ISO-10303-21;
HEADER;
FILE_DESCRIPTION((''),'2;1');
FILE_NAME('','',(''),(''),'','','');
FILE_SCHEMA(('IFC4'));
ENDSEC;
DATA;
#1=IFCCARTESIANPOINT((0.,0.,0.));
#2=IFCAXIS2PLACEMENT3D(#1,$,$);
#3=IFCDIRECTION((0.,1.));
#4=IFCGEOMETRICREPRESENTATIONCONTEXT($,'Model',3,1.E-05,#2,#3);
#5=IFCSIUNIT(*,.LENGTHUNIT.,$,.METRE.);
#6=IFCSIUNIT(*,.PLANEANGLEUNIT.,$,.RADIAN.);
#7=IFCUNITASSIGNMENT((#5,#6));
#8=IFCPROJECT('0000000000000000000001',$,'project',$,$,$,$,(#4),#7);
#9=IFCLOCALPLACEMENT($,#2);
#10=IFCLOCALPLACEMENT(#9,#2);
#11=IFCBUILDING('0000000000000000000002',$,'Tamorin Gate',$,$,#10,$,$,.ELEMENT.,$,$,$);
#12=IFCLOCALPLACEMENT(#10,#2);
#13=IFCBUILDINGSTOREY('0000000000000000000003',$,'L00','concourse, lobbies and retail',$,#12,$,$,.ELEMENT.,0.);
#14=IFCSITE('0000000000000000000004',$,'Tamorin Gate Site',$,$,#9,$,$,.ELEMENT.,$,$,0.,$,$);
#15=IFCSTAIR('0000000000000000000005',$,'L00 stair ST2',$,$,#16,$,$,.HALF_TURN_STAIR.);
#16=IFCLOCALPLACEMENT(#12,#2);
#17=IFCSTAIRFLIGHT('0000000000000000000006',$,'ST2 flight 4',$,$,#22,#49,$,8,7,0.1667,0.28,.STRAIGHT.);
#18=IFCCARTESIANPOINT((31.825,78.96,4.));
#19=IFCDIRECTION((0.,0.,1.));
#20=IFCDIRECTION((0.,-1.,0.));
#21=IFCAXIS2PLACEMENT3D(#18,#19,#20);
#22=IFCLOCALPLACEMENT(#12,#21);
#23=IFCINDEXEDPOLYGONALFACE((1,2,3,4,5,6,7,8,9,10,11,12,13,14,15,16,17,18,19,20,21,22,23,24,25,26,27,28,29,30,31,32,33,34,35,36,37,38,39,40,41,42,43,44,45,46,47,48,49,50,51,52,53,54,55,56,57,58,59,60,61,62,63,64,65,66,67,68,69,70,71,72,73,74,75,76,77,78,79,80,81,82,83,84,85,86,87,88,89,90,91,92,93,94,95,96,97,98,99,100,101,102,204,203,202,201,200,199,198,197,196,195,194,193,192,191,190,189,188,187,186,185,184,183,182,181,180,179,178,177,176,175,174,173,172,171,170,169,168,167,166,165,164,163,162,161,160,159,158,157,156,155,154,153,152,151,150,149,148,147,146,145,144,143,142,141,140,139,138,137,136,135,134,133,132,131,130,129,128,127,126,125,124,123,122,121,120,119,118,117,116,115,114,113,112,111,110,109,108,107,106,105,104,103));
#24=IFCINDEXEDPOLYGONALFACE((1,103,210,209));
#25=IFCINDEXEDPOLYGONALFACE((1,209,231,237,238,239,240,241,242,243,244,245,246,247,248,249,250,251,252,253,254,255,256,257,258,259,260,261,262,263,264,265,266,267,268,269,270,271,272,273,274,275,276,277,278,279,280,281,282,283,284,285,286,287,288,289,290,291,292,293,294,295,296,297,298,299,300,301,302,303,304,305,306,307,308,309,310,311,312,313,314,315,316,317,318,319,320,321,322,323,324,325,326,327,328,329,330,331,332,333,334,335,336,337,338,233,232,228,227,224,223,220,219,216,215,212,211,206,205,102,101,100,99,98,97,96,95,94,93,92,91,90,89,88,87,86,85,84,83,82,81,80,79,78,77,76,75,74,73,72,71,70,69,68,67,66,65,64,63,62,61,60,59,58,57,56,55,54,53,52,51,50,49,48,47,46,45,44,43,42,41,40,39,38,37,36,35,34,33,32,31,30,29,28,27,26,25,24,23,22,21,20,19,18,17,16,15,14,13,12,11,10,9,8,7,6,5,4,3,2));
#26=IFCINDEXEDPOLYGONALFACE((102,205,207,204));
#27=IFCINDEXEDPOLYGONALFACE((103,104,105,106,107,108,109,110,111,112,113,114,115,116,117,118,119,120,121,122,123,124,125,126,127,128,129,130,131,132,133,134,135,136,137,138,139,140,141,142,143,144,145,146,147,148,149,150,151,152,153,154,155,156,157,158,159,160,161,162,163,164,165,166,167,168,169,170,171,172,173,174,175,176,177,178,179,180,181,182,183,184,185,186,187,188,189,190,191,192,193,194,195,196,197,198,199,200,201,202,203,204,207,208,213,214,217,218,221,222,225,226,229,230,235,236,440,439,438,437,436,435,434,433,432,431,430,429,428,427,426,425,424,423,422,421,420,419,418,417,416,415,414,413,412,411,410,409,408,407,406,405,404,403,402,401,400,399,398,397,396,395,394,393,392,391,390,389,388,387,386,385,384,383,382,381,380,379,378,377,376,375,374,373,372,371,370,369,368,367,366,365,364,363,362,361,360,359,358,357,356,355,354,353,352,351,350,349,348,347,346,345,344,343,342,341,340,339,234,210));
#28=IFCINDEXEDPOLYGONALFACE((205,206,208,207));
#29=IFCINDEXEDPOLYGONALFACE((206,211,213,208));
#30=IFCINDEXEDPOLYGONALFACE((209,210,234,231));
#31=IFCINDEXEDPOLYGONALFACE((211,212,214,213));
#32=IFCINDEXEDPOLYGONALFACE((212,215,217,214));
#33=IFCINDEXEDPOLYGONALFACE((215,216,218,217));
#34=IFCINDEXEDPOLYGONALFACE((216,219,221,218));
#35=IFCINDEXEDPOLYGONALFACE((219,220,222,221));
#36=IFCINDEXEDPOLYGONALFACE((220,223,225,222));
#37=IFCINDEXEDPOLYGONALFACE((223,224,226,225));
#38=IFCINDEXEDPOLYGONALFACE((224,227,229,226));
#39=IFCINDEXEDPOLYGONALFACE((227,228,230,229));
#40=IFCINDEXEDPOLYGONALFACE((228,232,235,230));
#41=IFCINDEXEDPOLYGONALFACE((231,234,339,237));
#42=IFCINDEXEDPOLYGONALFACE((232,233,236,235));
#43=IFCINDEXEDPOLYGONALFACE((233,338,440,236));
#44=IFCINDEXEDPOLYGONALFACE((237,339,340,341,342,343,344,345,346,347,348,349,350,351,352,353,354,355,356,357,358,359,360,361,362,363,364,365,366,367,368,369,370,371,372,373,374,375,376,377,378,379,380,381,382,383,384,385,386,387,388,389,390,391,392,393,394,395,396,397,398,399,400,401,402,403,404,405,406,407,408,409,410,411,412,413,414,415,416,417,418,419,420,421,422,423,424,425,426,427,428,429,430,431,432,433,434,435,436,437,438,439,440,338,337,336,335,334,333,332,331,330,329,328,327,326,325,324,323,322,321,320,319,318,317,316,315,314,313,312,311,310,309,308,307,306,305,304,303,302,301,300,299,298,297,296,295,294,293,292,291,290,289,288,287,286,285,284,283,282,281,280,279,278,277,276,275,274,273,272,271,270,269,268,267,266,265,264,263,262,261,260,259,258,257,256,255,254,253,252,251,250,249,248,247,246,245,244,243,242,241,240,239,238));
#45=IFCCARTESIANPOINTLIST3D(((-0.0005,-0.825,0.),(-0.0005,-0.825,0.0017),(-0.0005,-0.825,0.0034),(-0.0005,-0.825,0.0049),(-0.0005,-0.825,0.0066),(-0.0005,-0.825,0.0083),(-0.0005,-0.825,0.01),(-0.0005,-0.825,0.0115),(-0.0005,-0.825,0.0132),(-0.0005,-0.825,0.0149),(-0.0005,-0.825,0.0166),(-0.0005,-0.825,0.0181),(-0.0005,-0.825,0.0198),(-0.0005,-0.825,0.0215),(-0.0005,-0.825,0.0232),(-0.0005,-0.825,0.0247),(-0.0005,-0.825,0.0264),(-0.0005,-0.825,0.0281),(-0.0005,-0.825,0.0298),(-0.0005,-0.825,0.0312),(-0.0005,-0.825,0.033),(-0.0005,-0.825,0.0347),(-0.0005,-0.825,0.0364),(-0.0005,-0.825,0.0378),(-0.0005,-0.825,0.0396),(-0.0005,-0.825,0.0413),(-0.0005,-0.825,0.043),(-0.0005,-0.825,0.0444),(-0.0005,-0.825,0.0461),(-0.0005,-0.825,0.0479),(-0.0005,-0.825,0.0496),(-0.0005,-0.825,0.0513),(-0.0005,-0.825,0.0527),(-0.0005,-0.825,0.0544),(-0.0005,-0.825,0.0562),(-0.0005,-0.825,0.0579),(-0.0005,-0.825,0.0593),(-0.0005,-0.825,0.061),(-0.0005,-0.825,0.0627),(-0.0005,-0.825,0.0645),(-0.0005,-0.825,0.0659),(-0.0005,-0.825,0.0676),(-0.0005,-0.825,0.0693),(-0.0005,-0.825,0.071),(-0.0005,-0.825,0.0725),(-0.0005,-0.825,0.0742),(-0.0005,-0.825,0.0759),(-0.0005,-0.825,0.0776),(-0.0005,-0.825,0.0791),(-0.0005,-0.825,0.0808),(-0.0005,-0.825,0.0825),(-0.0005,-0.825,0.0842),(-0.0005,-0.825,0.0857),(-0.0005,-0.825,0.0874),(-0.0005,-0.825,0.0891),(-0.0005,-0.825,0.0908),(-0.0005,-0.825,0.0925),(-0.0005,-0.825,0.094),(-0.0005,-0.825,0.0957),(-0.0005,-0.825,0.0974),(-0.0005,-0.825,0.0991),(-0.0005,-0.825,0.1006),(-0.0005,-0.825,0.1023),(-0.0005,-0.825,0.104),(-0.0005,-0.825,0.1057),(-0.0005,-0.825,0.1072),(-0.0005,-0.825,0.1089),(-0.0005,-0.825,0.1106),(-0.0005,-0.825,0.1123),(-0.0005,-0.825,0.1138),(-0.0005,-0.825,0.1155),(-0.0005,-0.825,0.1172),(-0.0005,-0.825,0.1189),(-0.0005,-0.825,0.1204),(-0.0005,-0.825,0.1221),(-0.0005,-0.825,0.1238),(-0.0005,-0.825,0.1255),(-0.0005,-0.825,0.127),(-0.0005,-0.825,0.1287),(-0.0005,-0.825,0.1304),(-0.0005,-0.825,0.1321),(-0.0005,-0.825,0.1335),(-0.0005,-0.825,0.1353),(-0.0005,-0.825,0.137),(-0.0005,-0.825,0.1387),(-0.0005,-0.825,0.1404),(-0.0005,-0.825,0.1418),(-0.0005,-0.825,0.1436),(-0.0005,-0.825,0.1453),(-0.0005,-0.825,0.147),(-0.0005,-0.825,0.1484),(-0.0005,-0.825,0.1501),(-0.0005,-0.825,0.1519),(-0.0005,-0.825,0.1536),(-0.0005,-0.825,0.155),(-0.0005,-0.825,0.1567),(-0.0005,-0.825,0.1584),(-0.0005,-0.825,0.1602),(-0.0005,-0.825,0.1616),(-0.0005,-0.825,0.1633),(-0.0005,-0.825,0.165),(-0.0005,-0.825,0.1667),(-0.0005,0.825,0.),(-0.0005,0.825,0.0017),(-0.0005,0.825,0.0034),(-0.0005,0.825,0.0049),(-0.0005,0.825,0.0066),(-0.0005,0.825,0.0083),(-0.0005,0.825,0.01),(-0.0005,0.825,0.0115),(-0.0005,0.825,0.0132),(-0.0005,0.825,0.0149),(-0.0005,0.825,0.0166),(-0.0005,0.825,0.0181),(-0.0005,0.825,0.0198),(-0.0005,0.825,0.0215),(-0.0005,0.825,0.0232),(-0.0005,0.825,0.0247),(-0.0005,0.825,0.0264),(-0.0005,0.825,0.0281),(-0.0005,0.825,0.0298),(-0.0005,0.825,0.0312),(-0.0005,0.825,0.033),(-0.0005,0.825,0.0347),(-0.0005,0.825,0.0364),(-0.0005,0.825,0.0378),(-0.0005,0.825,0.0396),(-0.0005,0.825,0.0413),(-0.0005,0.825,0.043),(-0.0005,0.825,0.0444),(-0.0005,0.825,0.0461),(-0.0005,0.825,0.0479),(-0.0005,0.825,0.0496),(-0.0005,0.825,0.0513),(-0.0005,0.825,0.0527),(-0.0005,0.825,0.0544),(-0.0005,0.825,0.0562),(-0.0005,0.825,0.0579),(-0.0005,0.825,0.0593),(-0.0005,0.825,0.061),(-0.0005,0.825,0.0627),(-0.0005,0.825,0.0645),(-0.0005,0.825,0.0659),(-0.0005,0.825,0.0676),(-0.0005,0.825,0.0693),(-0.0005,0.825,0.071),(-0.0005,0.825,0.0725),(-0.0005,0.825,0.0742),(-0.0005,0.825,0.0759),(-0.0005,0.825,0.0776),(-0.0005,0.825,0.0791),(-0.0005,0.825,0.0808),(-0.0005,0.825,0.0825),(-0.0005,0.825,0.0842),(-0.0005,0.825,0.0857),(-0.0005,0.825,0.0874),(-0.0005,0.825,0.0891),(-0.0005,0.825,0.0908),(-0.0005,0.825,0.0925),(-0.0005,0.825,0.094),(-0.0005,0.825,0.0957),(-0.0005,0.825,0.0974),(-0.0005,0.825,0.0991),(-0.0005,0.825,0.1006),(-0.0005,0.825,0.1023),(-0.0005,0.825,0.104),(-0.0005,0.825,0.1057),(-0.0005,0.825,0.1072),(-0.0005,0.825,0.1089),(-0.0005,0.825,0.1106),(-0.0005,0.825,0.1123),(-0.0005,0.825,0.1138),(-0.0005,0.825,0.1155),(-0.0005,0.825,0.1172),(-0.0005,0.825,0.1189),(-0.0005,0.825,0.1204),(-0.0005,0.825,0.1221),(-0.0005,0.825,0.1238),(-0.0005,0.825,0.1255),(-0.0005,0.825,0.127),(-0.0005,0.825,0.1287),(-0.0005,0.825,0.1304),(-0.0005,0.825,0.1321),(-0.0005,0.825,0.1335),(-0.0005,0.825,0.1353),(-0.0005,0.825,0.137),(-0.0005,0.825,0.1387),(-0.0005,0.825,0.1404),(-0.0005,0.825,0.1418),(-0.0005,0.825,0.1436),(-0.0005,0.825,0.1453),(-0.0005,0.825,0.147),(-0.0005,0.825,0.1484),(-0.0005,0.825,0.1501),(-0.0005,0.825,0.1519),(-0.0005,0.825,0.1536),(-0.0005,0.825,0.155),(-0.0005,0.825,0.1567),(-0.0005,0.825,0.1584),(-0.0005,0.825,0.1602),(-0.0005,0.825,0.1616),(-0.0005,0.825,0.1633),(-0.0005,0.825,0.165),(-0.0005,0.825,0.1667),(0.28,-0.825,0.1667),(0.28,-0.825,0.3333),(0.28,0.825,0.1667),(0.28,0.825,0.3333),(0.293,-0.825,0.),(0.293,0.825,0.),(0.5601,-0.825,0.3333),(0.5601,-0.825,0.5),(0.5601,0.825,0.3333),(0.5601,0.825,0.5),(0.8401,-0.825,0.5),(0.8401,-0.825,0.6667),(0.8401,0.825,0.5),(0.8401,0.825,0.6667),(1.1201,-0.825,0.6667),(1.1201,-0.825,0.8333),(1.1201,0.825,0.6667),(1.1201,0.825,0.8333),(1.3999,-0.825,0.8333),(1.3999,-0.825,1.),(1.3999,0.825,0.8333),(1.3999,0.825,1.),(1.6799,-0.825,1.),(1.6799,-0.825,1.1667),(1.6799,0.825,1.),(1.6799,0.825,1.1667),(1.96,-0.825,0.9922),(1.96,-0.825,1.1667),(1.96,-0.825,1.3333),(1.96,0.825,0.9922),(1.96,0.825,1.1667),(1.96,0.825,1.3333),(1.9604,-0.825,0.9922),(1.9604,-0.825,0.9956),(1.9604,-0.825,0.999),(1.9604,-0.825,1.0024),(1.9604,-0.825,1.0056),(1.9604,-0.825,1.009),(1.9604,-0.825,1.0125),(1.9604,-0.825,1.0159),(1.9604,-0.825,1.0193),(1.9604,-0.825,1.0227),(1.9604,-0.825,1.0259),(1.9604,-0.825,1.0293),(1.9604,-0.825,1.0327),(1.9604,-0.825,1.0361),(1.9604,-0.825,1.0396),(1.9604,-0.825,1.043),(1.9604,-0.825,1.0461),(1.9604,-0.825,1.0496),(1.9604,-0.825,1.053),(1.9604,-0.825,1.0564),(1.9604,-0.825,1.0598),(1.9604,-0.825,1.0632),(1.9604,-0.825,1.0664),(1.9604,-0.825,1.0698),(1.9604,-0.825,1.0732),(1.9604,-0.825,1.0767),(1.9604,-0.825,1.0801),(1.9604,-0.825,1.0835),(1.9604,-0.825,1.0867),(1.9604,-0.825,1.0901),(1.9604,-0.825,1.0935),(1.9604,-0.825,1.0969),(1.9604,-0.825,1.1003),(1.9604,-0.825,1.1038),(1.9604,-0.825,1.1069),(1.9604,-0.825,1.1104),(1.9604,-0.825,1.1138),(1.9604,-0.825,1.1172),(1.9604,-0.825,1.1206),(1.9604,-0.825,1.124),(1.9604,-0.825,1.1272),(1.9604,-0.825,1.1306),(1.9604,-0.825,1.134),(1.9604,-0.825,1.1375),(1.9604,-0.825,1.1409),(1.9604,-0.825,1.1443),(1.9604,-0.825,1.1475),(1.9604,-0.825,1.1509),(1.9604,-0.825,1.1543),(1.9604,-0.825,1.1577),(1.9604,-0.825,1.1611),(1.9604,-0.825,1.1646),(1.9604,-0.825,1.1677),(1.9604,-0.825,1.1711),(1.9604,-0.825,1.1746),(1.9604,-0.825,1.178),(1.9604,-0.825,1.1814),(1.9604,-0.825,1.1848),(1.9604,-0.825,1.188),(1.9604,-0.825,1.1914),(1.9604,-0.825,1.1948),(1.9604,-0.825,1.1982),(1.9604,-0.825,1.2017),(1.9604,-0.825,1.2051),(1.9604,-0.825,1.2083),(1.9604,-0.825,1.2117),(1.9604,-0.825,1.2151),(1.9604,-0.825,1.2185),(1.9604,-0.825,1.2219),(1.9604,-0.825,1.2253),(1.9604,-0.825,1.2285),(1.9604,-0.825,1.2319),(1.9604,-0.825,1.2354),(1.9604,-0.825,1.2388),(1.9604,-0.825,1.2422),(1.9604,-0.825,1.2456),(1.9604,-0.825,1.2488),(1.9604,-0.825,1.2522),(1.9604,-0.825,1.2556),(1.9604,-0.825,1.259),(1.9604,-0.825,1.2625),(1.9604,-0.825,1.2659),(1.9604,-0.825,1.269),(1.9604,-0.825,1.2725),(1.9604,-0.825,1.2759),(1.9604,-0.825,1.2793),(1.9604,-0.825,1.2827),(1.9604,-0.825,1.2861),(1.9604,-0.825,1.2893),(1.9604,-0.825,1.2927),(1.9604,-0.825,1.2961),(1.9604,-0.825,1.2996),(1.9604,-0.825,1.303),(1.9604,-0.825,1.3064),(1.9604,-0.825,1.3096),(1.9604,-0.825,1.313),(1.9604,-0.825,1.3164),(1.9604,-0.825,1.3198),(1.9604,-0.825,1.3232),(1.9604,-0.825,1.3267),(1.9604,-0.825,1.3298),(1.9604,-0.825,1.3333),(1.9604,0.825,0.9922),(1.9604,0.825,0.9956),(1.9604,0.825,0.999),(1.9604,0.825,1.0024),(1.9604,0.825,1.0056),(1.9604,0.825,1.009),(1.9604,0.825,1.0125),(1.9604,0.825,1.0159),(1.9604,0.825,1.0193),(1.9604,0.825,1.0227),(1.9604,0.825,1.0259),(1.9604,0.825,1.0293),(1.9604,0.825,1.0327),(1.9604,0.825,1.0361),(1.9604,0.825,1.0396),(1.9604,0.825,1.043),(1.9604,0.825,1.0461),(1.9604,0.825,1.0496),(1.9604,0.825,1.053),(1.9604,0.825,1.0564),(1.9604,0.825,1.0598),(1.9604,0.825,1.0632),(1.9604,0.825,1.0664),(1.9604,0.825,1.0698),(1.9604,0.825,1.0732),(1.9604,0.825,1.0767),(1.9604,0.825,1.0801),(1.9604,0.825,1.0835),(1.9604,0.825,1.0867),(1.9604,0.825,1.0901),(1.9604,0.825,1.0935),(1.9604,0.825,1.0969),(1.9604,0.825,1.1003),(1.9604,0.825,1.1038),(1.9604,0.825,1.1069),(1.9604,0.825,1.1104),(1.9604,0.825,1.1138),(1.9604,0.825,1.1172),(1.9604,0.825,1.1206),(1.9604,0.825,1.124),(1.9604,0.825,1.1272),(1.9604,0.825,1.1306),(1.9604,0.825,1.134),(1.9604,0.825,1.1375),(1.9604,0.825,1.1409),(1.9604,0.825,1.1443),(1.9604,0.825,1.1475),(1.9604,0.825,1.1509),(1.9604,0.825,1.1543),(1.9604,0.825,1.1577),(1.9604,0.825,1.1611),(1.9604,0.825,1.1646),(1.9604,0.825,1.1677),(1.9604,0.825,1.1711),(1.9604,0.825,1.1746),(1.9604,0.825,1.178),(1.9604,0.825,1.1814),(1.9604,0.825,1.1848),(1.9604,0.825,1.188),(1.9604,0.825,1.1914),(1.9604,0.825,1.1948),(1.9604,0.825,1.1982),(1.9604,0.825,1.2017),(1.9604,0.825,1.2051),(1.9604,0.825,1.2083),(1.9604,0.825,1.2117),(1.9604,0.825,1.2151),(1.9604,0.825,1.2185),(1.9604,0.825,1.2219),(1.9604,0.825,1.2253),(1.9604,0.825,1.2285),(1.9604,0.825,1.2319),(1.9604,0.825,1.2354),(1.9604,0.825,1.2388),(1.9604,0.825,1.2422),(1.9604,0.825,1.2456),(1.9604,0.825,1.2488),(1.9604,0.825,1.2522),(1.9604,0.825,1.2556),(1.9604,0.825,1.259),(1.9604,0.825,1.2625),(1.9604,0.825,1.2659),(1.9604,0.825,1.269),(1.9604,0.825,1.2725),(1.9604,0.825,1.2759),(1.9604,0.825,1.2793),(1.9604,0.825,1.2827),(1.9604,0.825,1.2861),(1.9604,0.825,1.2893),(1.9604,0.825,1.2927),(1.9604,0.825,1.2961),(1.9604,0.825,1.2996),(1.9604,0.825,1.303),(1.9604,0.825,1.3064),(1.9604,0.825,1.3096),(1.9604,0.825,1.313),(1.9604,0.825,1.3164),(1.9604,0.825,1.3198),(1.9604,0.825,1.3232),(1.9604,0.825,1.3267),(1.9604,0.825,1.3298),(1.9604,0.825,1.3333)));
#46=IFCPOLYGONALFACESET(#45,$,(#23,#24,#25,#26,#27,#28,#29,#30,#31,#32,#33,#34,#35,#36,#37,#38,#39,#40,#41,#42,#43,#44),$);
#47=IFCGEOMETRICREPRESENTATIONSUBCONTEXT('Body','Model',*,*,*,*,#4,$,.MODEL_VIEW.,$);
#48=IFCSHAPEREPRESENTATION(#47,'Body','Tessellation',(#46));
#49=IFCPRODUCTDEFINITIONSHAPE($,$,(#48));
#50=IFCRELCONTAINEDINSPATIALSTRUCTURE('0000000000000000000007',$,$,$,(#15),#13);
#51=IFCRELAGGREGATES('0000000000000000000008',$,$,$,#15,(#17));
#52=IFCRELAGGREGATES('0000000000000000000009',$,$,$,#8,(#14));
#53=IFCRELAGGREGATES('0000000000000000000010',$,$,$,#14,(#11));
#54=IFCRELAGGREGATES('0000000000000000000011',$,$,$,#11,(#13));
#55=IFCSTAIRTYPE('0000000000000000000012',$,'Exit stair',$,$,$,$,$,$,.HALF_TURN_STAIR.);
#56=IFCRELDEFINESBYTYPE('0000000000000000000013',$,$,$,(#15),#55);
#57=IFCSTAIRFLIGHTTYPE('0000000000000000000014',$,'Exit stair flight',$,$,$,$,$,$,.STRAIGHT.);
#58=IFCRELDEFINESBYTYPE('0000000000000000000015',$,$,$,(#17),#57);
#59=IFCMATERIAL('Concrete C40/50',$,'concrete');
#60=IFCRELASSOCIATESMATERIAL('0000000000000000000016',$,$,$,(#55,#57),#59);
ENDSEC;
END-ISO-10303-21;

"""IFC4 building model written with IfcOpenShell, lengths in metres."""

from ifc_helpers import new_model, si_unit, direction, frame, origin, place, context, subcontext, project, spatial, polyline, outline, extrude, material, type_object, element, aggregate, save


model = new_model("IFC4")

# Units and contexts
model_context = context("Model", 3, precision=1e-05, world=origin(), true_north=direction((0.0, 1.0)))
body_context = subcontext(model_context, "Body", "Model", "MODEL_VIEW")
ifc_project = project(units=[si_unit("LENGTHUNIT", "METRE"), si_unit("PLANEANGLEUNIT", "RADIAN")], contexts=[model_context])

# Site, building, storey
site_placement = place(None, origin())
site = spatial("IfcSite", under=ifc_project, at=site_placement, Name="Tamorin Gate Site", CompositionType="ELEMENT", RefElevation=0.0)
building_placement = place(site_placement, origin())
building = spatial("IfcBuilding", under=site, at=building_placement, Name="Tamorin Gate", CompositionType="ELEMENT")
storey_placement = place(building_placement, origin())
storey = spatial("IfcBuildingStorey", under=building, at=storey_placement, Name="L00", Description="concourse, lobbies and retail", CompositionType="ELEMENT", Elevation=0.0)

# Shared definitions
ifc_material_1 = material(Name="Concrete C40/50", Category="concrete")

# Stair, stair flight
stair_type = type_object("IfcStairType", Name="Exit stair", PredefinedType="HALF_TURN_STAIR", material=ifc_material_1)
stair_placement = place(storey_placement, origin())
stair = element("IfcStair", 1, at=stair_placement, inside=storey, type_object=stair_type, Name="L00 stair ST2", PredefinedType="HALF_TURN_STAIR")
stair_flight_type = type_object("IfcStairFlightType", Name="Exit stair flight", PredefinedType="STRAIGHT", material=ifc_material_1)
stair_flight_1_placement = place(storey_placement, frame((31.825, 78.96, 4.0), z_axis=(0.0, 0.0, 1.0), x_axis=(0.0, -1.0, 0.0)))
stair_flight_1 = element("IfcStairFlight", 2, at=stair_flight_1_placement, type_object=stair_flight_type, Name="ST2 flight 4", NumberOfRisers=8, NumberOfTreads=7, PredefinedType="STRAIGHT", RiserHeight=0.1667, TreadLength=0.28, context=body_context, shape_type="SweptSolid", body=[
    extrude(outline(polyline([(-0.0005, 0.0), (-0.0005, 0.0017), (-0.0005, 0.0034), (-0.0005, 0.0049), (-0.0005, 0.0066), (-0.0005, 0.0083), (-0.0005, 0.01), (-0.0005, 0.0115), (-0.0005, 0.0132), (-0.0005, 0.0149), (-0.0005, 0.0166), (-0.0005, 0.0181), (-0.0005, 0.0198), (-0.0005, 0.0215), (-0.0005, 0.0232), (-0.0005, 0.0247), (-0.0005, 0.0264), (-0.0005, 0.0281), (-0.0005, 0.0298), (-0.0005, 0.0312), (-0.0005, 0.033), (-0.0005, 0.0347), (-0.0005, 0.0364), (-0.0005, 0.0378), (-0.0005, 0.0396), (-0.0005, 0.0413), (-0.0005, 0.043), (-0.0005, 0.0444), (-0.0005, 0.0461), (-0.0005, 0.0479), (-0.0005, 0.0496), (-0.0005, 0.0513), (-0.0005, 0.0527), (-0.0005, 0.0544), (-0.0005, 0.0562), (-0.0005, 0.0579), (-0.0005, 0.0593), (-0.0005, 0.061), (-0.0005, 0.0627), (-0.0005, 0.0645), (-0.0005, 0.0659), (-0.0005, 0.0676), (-0.0005, 0.0693), (-0.0005, 0.071), (-0.0005, 0.0725), (-0.0005, 0.0742), (-0.0005, 0.0759), (-0.0005, 0.0776), (-0.0005, 0.0791), (-0.0005, 0.0808), (-0.0005, 0.0825), (-0.0005, 0.0842), (-0.0005, 0.0857), (-0.0005, 0.0874), (-0.0005, 0.0891), (-0.0005, 0.0908), (-0.0005, 0.0925), (-0.0005, 0.094), (-0.0005, 0.0957), (-0.0005, 0.0974), (-0.0005, 0.0991), (-0.0005, 0.1006), (-0.0005, 0.1023), (-0.0005, 0.104), (-0.0005, 0.1057), (-0.0005, 0.1072), (-0.0005, 0.1089), (-0.0005, 0.1106), (-0.0005, 0.1123), (-0.0005, 0.1138), (-0.0005, 0.1155), (-0.0005, 0.1172), (-0.0005, 0.1189), (-0.0005, 0.1204), (-0.0005, 0.1221), (-0.0005, 0.1238), (-0.0005, 0.1255), (-0.0005, 0.127), (-0.0005, 0.1287), (-0.0005, 0.1304), (-0.0005, 0.1321), (-0.0005, 0.1335), (-0.0005, 0.1353), (-0.0005, 0.137), (-0.0005, 0.1387), (-0.0005, 0.1404), (-0.0005, 0.1418), (-0.0005, 0.1436), (-0.0005, 0.1453), (-0.0005, 0.147), (-0.0005, 0.1484), (-0.0005, 0.1501), (-0.0005, 0.1519), (-0.0005, 0.1536), (-0.0005, 0.155), (-0.0005, 0.1567), (-0.0005, 0.1584), (-0.0005, 0.1602), (-0.0005, 0.1616), (-0.0005, 0.1633), (-0.0005, 0.165), (-0.0005, 0.1667), (0.28, 0.1667), (0.28, 0.3333), (0.5601, 0.3333), (0.5601, 0.5), (0.8401, 0.5), (0.8401, 0.6667), (1.1201, 0.6667), (1.1201, 0.8333), (1.3999, 0.8333), (1.3999, 1.0), (1.6799, 1.0), (1.6799, 1.1667), (1.96, 1.1667), (1.96, 1.3333), (1.9604, 1.3333), (1.9604, 1.3298), (1.9604, 1.3267), (1.9604, 1.3232), (1.9604, 1.3198), (1.9604, 1.3164), (1.9604, 1.313), (1.9604, 1.3096), (1.9604, 1.3064), (1.9604, 1.303), (1.9604, 1.2996), (1.9604, 1.2961), (1.9604, 1.2927), (1.9604, 1.2893), (1.9604, 1.2861), (1.9604, 1.2827), (1.9604, 1.2793), (1.9604, 1.2759), (1.9604, 1.2725), (1.9604, 1.269), (1.9604, 1.2659), (1.9604, 1.2625), (1.9604, 1.259), (1.9604, 1.2556), (1.9604, 1.2522), (1.9604, 1.2488), (1.9604, 1.2456), (1.9604, 1.2422), (1.9604, 1.2388), (1.9604, 1.2354), (1.9604, 1.2319), (1.9604, 1.2285), (1.9604, 1.2253), (1.9604, 1.2219), (1.9604, 1.2185), (1.9604, 1.2151), (1.9604, 1.2117), (1.9604, 1.2083), (1.9604, 1.2051), (1.9604, 1.2017), (1.9604, 1.1982), (1.9604, 1.1948), (1.9604, 1.1914), (1.9604, 1.188), (1.9604, 1.1848), (1.9604, 1.1814), (1.9604, 1.178), (1.9604, 1.1746), (1.9604, 1.1711), (1.9604, 1.1677), (1.9604, 1.1646), (1.9604, 1.1611), (1.9604, 1.1577), (1.9604, 1.1543), (1.9604, 1.1509), (1.9604, 1.1475), (1.9604, 1.1443), (1.9604, 1.1409), (1.9604, 1.1375), (1.9604, 1.134), (1.9604, 1.1306), (1.9604, 1.1272), (1.9604, 1.124), (1.9604, 1.1206), (1.9604, 1.1172), (1.9604, 1.1138), (1.9604, 1.1104), (1.9604, 1.1069), (1.9604, 1.1038), (1.9604, 1.1003), (1.9604, 1.0969), (1.9604, 1.0935), (1.9604, 1.0901), (1.9604, 1.0867), (1.9604, 1.0835), (1.9604, 1.0801), (1.9604, 1.0767), (1.9604, 1.0732), (1.9604, 1.0698), (1.9604, 1.0664), (1.9604, 1.0632), (1.9604, 1.0598), (1.9604, 1.0564), (1.9604, 1.053), (1.9604, 1.0496), (1.9604, 1.0461), (1.9604, 1.043), (1.9604, 1.0396), (1.9604, 1.0361), (1.9604, 1.0327), (1.9604, 1.0293), (1.9604, 1.0259), (1.9604, 1.0227), (1.9604, 1.0193), (1.9604, 1.0159), (1.9604, 1.0125), (1.9604, 1.009), (1.9604, 1.0056), (1.9604, 1.0024), (1.9604, 0.999), (1.9604, 0.9956), (1.9604, 0.9922), (1.96, 0.9922), (0.293, 0.0), (-0.0005, 0.0)])), frame((0.0, 0.825, 0.0), z_axis=(0.0, -1.0, 0.0), x_axis=(1.0, 0.0, 0.0)), (0.0, 0.0, 1.0), 1.6499),
])
aggregate(stair, [stair_flight_1])

save(model, "model.ifc")
